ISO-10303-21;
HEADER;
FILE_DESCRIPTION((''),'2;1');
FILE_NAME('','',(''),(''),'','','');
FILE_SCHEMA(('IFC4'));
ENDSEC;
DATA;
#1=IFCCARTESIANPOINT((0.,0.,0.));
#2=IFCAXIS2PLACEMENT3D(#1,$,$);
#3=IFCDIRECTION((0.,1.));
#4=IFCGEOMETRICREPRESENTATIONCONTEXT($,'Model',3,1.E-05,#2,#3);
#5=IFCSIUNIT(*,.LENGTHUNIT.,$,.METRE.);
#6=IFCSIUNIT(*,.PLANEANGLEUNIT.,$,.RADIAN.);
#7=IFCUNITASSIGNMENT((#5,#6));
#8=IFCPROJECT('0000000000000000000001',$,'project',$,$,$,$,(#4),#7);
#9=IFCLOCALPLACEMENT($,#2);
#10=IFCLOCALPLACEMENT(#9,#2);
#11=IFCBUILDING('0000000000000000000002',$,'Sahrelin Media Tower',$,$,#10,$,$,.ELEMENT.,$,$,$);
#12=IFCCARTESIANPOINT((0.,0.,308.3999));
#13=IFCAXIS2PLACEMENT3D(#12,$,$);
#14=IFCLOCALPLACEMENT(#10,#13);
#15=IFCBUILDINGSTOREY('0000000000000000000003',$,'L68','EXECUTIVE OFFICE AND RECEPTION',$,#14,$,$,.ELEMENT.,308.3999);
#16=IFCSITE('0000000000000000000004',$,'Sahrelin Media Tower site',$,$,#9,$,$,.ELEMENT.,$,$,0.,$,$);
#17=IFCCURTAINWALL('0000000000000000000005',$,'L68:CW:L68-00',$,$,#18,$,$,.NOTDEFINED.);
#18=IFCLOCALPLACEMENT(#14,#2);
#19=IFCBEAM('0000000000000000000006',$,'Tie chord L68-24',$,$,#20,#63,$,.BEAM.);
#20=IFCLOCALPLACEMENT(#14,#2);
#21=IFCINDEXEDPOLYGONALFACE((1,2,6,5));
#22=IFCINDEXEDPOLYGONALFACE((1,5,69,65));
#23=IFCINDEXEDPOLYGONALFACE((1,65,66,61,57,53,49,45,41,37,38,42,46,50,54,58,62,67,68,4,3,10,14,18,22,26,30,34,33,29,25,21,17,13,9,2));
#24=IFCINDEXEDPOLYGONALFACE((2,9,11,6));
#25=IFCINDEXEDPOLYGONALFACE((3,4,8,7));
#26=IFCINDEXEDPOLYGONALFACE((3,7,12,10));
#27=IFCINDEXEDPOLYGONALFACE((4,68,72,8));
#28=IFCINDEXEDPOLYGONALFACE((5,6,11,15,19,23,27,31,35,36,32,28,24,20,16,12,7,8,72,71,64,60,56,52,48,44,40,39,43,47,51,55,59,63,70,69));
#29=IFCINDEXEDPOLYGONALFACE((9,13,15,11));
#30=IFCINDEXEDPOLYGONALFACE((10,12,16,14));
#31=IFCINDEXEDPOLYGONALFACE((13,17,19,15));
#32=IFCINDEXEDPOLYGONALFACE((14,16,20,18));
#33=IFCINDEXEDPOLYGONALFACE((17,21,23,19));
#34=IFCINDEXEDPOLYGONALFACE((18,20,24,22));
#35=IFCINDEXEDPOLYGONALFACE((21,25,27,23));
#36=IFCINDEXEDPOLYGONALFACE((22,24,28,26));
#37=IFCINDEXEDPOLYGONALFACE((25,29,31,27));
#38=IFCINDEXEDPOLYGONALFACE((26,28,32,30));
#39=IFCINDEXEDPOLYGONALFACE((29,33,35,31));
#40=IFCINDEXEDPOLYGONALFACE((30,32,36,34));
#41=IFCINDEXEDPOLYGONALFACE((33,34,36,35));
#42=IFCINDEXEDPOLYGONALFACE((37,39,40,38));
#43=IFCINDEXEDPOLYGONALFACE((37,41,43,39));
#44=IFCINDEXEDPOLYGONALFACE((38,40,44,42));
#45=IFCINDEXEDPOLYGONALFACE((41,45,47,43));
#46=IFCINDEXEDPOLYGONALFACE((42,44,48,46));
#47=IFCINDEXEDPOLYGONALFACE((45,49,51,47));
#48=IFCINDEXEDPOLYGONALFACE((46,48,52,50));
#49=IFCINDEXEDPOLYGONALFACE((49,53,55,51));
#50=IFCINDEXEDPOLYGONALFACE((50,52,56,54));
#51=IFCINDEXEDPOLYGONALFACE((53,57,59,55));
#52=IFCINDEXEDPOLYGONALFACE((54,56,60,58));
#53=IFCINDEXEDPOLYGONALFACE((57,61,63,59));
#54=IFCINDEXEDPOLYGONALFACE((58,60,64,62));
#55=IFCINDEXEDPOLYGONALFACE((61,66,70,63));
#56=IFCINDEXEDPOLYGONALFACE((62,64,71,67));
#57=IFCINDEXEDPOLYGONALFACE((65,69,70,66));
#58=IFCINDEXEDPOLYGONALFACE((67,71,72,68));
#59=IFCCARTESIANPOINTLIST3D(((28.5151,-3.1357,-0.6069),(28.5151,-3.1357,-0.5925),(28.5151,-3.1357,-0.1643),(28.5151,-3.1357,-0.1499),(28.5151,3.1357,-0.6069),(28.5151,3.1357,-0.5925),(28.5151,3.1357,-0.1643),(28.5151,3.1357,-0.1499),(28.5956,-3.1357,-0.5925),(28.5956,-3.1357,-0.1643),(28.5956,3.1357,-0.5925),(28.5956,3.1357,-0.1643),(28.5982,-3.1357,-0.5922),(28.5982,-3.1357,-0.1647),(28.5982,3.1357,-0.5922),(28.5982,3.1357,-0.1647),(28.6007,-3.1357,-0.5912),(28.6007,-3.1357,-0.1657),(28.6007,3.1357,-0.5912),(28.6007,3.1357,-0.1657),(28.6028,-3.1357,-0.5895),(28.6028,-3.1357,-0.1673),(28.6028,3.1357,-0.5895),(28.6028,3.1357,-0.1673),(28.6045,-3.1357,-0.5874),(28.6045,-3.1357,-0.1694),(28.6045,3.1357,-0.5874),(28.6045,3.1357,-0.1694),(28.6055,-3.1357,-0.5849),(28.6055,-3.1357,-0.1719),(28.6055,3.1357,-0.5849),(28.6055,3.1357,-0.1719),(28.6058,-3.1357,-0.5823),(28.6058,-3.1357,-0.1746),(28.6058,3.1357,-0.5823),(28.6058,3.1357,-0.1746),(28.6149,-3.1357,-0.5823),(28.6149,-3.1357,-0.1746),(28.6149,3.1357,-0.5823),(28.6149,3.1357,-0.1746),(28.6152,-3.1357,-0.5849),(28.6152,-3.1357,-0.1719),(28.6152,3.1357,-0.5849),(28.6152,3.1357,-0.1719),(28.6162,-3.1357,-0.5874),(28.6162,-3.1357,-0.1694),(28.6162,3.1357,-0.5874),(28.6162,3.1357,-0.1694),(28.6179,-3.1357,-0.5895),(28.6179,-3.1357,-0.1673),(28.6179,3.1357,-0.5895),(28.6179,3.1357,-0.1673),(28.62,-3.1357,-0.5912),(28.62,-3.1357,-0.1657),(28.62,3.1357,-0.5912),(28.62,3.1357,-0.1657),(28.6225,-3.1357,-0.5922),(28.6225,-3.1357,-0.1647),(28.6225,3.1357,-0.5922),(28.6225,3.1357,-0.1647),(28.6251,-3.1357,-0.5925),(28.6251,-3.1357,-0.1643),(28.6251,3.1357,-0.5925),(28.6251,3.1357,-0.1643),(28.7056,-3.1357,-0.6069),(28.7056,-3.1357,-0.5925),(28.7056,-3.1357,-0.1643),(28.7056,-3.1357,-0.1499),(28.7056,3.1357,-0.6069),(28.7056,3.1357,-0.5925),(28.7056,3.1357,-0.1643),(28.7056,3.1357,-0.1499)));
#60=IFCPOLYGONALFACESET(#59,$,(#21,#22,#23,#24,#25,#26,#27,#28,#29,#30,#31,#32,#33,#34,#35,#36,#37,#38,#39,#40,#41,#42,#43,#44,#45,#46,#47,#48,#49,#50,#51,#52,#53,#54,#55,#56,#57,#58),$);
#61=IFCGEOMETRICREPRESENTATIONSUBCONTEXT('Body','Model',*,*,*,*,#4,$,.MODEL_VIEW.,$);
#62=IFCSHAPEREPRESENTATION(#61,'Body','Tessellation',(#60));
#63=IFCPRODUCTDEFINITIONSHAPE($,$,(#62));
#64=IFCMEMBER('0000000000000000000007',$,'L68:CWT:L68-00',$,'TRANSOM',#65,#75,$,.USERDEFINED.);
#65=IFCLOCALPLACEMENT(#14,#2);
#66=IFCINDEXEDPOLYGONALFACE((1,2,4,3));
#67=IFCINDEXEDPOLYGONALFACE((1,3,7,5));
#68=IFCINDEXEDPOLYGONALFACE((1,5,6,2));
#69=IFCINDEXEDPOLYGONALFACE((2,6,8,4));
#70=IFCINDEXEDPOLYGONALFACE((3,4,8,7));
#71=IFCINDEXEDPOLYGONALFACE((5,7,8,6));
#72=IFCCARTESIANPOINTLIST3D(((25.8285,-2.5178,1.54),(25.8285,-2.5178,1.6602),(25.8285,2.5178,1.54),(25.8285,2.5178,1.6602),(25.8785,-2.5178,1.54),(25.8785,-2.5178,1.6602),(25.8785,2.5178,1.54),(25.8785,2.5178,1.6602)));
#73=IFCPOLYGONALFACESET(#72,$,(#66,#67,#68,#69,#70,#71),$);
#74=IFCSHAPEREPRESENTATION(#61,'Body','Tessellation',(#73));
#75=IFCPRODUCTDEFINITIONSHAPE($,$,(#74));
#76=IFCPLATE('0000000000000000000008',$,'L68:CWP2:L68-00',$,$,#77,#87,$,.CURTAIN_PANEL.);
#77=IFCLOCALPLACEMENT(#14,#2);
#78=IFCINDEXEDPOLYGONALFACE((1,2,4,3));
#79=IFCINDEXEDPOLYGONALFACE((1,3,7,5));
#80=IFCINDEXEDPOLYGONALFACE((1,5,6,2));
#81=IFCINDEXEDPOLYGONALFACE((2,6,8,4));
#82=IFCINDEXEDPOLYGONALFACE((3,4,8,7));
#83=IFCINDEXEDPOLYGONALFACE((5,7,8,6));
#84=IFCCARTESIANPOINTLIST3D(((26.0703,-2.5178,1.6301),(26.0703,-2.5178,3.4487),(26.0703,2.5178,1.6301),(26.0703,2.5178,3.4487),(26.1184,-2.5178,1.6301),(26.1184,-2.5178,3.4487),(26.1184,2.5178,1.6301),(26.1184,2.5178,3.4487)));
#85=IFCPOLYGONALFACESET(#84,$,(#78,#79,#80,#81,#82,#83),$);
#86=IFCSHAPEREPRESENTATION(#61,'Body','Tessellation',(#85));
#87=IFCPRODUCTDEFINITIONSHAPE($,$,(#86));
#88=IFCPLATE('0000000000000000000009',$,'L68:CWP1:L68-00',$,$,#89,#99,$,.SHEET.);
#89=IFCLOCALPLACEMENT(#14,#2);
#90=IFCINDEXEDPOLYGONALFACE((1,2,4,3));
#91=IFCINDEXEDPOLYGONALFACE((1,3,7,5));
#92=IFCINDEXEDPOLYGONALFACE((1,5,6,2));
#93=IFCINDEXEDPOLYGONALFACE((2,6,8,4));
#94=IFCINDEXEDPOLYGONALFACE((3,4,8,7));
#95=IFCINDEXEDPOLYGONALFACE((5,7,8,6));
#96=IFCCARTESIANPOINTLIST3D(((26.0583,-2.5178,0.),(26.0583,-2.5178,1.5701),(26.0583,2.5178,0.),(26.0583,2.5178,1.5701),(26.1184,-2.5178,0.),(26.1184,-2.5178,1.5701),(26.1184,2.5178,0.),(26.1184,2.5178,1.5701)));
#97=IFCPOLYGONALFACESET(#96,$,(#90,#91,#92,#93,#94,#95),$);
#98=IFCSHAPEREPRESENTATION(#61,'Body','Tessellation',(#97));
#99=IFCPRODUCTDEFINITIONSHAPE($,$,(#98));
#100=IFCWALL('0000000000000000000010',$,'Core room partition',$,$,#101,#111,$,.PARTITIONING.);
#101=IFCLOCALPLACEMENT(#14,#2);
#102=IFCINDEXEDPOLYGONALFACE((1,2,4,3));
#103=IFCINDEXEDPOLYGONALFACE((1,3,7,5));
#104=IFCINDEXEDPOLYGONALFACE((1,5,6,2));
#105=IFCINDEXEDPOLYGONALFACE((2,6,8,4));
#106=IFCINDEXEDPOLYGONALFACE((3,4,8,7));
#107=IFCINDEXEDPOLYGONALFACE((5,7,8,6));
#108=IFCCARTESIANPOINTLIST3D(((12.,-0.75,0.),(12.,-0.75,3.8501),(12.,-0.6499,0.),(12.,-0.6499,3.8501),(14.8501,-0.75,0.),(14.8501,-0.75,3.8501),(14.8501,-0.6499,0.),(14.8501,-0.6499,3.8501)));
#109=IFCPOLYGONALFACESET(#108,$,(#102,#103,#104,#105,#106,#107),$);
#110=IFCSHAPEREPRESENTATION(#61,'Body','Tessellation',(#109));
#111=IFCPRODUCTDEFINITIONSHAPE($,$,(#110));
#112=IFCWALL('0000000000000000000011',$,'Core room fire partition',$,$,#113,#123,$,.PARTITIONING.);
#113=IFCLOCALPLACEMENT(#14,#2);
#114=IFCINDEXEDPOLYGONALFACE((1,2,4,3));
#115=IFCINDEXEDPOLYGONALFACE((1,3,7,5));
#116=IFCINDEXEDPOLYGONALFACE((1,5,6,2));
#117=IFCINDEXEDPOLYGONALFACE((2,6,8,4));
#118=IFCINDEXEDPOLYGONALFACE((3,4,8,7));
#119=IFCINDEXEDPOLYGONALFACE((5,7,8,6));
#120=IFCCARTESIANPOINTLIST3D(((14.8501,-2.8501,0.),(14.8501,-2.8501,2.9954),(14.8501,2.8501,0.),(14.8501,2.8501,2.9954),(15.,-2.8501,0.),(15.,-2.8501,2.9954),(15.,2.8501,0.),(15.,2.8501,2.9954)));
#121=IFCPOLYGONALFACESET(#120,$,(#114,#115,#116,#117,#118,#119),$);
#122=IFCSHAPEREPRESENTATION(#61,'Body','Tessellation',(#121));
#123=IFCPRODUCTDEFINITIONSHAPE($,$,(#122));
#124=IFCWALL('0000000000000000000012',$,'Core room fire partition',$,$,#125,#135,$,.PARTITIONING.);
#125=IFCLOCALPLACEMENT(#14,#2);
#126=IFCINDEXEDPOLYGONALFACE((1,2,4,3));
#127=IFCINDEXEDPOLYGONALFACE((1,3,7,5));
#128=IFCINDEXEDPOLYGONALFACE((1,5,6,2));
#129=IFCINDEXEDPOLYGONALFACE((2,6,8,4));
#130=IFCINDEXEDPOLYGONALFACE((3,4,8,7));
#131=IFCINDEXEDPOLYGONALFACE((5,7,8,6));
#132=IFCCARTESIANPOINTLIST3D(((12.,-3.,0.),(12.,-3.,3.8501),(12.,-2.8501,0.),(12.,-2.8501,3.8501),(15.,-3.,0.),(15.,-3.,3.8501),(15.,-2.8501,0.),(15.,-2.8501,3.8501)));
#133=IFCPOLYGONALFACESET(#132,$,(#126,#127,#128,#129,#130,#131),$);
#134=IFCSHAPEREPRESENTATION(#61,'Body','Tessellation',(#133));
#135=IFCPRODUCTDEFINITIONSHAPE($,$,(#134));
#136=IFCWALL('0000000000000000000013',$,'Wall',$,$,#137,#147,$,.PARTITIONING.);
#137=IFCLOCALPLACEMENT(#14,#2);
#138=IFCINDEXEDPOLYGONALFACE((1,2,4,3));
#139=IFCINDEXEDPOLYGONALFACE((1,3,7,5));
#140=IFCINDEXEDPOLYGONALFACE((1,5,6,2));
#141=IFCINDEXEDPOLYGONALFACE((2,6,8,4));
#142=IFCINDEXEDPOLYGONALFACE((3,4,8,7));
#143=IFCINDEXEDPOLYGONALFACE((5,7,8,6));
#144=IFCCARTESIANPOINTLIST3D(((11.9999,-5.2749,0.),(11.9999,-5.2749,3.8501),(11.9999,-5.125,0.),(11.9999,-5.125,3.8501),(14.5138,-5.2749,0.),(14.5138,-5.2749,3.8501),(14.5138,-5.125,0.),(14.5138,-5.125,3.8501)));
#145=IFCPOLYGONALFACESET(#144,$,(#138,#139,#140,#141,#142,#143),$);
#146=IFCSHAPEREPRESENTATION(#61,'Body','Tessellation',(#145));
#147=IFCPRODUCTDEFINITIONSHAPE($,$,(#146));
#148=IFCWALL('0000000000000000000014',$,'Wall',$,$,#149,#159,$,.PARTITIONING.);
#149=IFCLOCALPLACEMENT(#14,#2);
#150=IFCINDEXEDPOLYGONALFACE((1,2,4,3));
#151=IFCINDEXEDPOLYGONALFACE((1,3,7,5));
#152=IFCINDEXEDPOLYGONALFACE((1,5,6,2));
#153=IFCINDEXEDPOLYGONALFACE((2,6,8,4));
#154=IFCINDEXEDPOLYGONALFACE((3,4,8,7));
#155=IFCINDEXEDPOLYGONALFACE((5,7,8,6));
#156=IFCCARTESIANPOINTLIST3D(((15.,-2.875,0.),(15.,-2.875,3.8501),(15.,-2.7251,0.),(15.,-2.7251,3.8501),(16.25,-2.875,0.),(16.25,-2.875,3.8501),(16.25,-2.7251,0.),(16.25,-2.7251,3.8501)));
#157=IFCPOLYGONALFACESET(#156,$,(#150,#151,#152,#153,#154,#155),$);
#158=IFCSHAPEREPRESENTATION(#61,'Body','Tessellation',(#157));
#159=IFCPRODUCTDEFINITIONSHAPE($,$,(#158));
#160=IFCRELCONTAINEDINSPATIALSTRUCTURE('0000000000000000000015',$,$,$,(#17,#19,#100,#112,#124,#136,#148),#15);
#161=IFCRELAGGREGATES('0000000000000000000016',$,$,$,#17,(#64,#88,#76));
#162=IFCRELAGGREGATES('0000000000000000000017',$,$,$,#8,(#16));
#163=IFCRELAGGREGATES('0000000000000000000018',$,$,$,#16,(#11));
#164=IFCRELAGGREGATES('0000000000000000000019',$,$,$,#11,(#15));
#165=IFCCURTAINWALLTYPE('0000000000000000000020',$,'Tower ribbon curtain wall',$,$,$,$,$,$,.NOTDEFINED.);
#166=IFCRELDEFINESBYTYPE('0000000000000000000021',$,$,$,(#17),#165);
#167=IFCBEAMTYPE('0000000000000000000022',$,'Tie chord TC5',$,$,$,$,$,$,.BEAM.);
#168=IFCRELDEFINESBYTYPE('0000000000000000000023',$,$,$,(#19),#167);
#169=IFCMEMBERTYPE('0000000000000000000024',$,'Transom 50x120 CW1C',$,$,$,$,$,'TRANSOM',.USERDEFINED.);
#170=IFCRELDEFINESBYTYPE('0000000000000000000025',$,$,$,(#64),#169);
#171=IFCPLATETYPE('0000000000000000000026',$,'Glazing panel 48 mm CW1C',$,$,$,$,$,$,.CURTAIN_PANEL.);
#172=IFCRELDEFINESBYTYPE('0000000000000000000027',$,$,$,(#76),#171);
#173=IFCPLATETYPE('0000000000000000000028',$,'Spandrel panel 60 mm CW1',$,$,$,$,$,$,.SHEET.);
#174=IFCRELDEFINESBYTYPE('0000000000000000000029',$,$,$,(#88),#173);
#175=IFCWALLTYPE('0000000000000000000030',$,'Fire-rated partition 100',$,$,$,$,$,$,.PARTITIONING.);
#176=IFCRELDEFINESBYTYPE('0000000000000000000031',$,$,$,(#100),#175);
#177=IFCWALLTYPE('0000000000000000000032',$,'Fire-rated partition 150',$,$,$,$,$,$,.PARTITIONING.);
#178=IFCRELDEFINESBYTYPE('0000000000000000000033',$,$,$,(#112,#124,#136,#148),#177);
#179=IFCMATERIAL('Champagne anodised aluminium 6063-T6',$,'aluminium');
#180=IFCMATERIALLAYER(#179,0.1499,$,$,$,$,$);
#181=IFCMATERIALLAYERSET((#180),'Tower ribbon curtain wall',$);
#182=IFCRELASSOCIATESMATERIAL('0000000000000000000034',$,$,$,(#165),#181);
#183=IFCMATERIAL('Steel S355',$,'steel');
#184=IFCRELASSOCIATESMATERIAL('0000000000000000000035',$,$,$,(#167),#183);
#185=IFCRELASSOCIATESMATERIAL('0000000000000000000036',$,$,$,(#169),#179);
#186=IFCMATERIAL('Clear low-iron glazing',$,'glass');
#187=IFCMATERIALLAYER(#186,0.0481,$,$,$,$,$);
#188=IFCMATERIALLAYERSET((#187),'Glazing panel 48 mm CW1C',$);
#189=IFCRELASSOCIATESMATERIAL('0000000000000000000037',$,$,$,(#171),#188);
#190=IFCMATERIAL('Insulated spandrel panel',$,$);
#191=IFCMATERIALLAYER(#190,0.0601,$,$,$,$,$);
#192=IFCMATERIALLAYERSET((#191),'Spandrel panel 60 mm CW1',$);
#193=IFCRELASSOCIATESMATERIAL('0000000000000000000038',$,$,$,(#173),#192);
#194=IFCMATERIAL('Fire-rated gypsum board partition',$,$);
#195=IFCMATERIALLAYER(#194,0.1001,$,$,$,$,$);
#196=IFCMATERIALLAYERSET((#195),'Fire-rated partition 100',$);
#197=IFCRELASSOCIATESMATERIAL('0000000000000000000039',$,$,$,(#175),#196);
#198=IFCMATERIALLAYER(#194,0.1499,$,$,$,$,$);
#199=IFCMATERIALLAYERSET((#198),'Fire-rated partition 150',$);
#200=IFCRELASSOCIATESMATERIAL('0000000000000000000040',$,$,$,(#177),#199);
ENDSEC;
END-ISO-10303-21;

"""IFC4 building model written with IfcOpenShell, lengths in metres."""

from ifc_helpers import new_model, si_unit, direction, frame, frame_2d, origin, origin_2d, place, context, subcontext, project, spatial, polyline, rectangle, i_section, outline, extrude, material, layer, layer_set, material_profile, profile_set, type_object, element, aggregate, save


model = new_model("IFC4")

# Units and contexts
model_context = context("Model", 3, precision=1e-05, world=origin(), true_north=direction((0.0, 1.0)))
body_context = subcontext(model_context, "Body", "Model", "MODEL_VIEW")
ifc_project = project(units=[si_unit("LENGTHUNIT", "METRE"), si_unit("PLANEANGLEUNIT", "RADIAN")], contexts=[model_context])

# Site, building, storey
site_placement = place(None, origin())
site = spatial("IfcSite", under=ifc_project, at=site_placement, Name="Sahrelin Media Tower site", CompositionType="ELEMENT", RefElevation=0.0)
building_placement = place(site_placement, origin())
building = spatial("IfcBuilding", under=site, at=building_placement, Name="Sahrelin Media Tower", CompositionType="ELEMENT")
storey_placement = place(building_placement, frame((0.0, 0.0, 308.3999)))
storey = spatial("IfcBuildingStorey", under=building, at=storey_placement, Name="L68", Description="EXECUTIVE OFFICE AND RECEPTION", CompositionType="ELEMENT", Elevation=308.3999)

# Curtain wall
ifc_material_1 = material(Name="Champagne anodised aluminium 6063-T6", Category="aluminium")
ifc_layer_1 = layer(ifc_material_1, 0.1499)
ifc_layer_set_1 = layer_set([ifc_layer_1], Name="Tower ribbon curtain wall")
curtain_wall_type = type_object("IfcCurtainWallType", Name="Tower ribbon curtain wall", PredefinedType="NOTDEFINED", material=ifc_layer_set_1)
curtain_wall_placement = place(storey_placement, frame((26.0984, 0.0, 0.0), z_axis=(0.0, 0.0, 1.0), x_axis=(1.0, 0.0, 0.0)))
curtain_wall = element("IfcCurtainWall", 1, at=curtain_wall_placement, inside=storey, type_object=curtain_wall_type, Name="L68:CW:L68-00", PredefinedType="NOTDEFINED")

# Beam
ifc_material_2 = material(Name="Steel S355", Category="steel")
ifc_material_profile_1 = material_profile(ifc_material_2, i_section(OverallWidth=0.1904, OverallDepth=0.457, WebThickness=0.009, FlangeThickness=0.0144, FilletRadius=0.0103, at=origin_2d()), Name="UB 457x191x74")
ifc_profile_set_1 = profile_set([ifc_material_profile_1], Name="Steel S355")
beam_type_1 = type_object("IfcBeamType", Name="Tie chord TC5", PredefinedType="BEAM", material=ifc_profile_set_1)
beam_1_placement = place(storey_placement, frame((28.6104, -3.1357, -0.3784), z_axis=(0.0, 1.0, 0.0), x_axis=(-1.0, 0.0, 0.0)))
element("IfcBeam", 2, at=beam_1_placement, inside=storey, type_object=beam_type_1, Name="Tie chord L68-24", PredefinedType="BEAM", context=body_context, shape_type="SweptSolid", body=[
    extrude(i_section(OverallWidth=0.1904, OverallDepth=0.457, WebThickness=0.009, FlangeThickness=0.0144, FilletRadius=0.0103, at=origin_2d()), origin(), (0.0, 0.0, 1.0), 6.2715),
])

# Member
ifc_material_profile_2 = material_profile(ifc_material_1, rectangle(XDim=0.05, YDim=0.1201, at=origin_2d()), Name="Transom 50x120")
ifc_profile_set_2 = profile_set([ifc_material_profile_2], Name="Champagne anodised aluminium 6063-T6")
member_type_1 = type_object("IfcMemberType", Name="Transom 50x120 CW1C", ElementType="TRANSOM", PredefinedType="USERDEFINED", material=ifc_profile_set_2)
member_1_placement = place(storey_placement, frame((25.8535, -2.5178, 1.6001), z_axis=(0.0, 1.0, 0.0), x_axis=(-1.0, 0.0, 0.0)))
member_1 = element("IfcMember", 3, at=member_1_placement, type_object=member_type_1, Name="L68:CWT:L68-00", ObjectType="TRANSOM", PredefinedType="USERDEFINED", context=body_context, shape_type="SweptSolid", body=[
    extrude(rectangle(XDim=0.05, YDim=0.1201, at=origin_2d()), origin(), (0.0, 0.0, 1.0), 5.0356),
])

# Plates
ifc_material_3 = material(Name="Clear low-iron glazing", Category="glass")
ifc_layer_2 = layer(ifc_material_3, 0.0481)
ifc_layer_set_2 = layer_set([ifc_layer_2], Name="Glazing panel 48 mm CW1C")
plate_type_1 = type_object("IfcPlateType", Name="Glazing panel 48 mm CW1C", PredefinedType="CURTAIN_PANEL", material=ifc_layer_set_2)
plate_1_placement = place(storey_placement, frame((26.1184, -2.5178, 1.6301), z_axis=(1.0, 0.0, 0.0), x_axis=(0.0, 1.0, 0.0)))
plate_1 = element("IfcPlate", 4, at=plate_1_placement, type_object=plate_type_1, Name="L68:CWP2:L68-00", PredefinedType="CURTAIN_PANEL", context=body_context, shape_type="SweptSolid", body=[
    extrude(outline(polyline([(0.0, 0.0), (5.0356, 0.0), (5.0356, 1.8186), (0.0, 1.8186), (0.0, 0.0)])), origin(), (0.0, 0.0, -1.0), 0.0481),
])
ifc_material_4 = material(Name="Insulated spandrel panel")
ifc_layer_3 = layer(ifc_material_4, 0.0601)
ifc_layer_set_3 = layer_set([ifc_layer_3], Name="Spandrel panel 60 mm CW1")
plate_type_2 = type_object("IfcPlateType", Name="Spandrel panel 60 mm CW1", PredefinedType="SHEET", material=ifc_layer_set_3)
plate_2_placement = place(storey_placement, frame((26.1184, -2.5178, 0.0), z_axis=(1.0, 0.0, 0.0), x_axis=(0.0, 1.0, 0.0)))
plate_2 = element("IfcPlate", 5, at=plate_2_placement, type_object=plate_type_2, Name="L68:CWP1:L68-00", PredefinedType="SHEET", context=body_context, shape_type="SweptSolid", body=[
    extrude(outline(polyline([(0.0, 0.0), (5.0356, 0.0), (5.0356, 1.5701), (0.0, 1.5701), (0.0, 0.0)])), origin(), (0.0, 0.0, -1.0), 0.0601),
])
aggregate(curtain_wall, [member_1, plate_2, plate_1])

# Walls
ifc_material_5 = material(Name="Fire-rated gypsum board partition")
ifc_layer_4 = layer(ifc_material_5, 0.1001)
ifc_layer_set_4 = layer_set([ifc_layer_4], Name="Fire-rated partition 100")
wall_type_1 = type_object("IfcWallType", Name="Fire-rated partition 100", PredefinedType="PARTITIONING", material=ifc_layer_set_4)
wall_1_placement = place(storey_placement, frame((12.0, -0.7, 0.0), z_axis=(0.0, 0.0, 1.0), x_axis=(1.0, 0.0, 0.0)))
element("IfcWall", 6, at=wall_1_placement, inside=storey, type_object=wall_type_1, Name="Core room partition", PredefinedType="PARTITIONING", context=body_context, shape_type="SweptSolid", body=[
    extrude(rectangle(XDim=2.8501, YDim=0.1001, at=frame_2d((1.425, 0.0))), origin(), (0.0, 0.0, 1.0), 3.8501),
])
ifc_layer_5 = layer(ifc_material_5, 0.1499)
ifc_layer_set_5 = layer_set([ifc_layer_5], Name="Fire-rated partition 150")
wall_type_2 = type_object("IfcWallType", Name="Fire-rated partition 150", PredefinedType="PARTITIONING", material=ifc_layer_set_5)
wall_2_placement = place(storey_placement, frame((14.925, -2.8501, 0.0), z_axis=(0.0, 0.0, 1.0), x_axis=(0.0, 1.0, 0.0)))
element("IfcWall", 7, at=wall_2_placement, inside=storey, type_object=wall_type_2, Name="Core room fire partition", PredefinedType="PARTITIONING", context=body_context, shape_type="SweptSolid", body=[
    extrude(rectangle(XDim=5.7002, YDim=0.1499, at=frame_2d((2.8501, 0.0))), origin(), (0.0, 0.0, 1.0), 2.9954),
])
wall_3_placement = place(storey_placement, frame((12.0, -2.925, 0.0), z_axis=(0.0, 0.0, 1.0), x_axis=(1.0, 0.0, 0.0)))
element("IfcWall", 8, at=wall_3_placement, inside=storey, type_object=wall_type_2, Name="Core room fire partition", PredefinedType="PARTITIONING", context=body_context, shape_type="SweptSolid", body=[
    extrude(rectangle(XDim=3.0, YDim=0.1499, at=frame_2d((1.5, 0.0))), origin(), (0.0, 0.0, 1.0), 3.8501),
])
wall_4_placement = place(storey_placement, frame((12.0, -5.2, 0.0), z_axis=(0.0, 0.0, 1.0), x_axis=(1.0, 0.0, 0.0)))
element("IfcWall", 9, at=wall_4_placement, inside=storey, type_object=wall_type_2, Name="Wall", PredefinedType="PARTITIONING", context=body_context, shape_type="SweptSolid", body=[
    extrude(rectangle(XDim=2.5139, YDim=0.1499, at=frame_2d((1.2568, 0.0))), origin(), (0.0, 0.0, 1.0), 3.8501),
])
wall_5_placement = place(storey_placement, frame((15.0, -2.8, 0.0), z_axis=(0.0, 0.0, 1.0), x_axis=(1.0, 0.0, 0.0)))
element("IfcWall", 10, at=wall_5_placement, inside=storey, type_object=wall_type_2, Name="Wall", PredefinedType="PARTITIONING", context=body_context, shape_type="SweptSolid", body=[
    extrude(rectangle(XDim=1.25, YDim=0.1499, at=frame_2d((0.625, 0.0))), origin(), (0.0, 0.0, 1.0), 3.8501),
])

save(model, "model.ifc")
